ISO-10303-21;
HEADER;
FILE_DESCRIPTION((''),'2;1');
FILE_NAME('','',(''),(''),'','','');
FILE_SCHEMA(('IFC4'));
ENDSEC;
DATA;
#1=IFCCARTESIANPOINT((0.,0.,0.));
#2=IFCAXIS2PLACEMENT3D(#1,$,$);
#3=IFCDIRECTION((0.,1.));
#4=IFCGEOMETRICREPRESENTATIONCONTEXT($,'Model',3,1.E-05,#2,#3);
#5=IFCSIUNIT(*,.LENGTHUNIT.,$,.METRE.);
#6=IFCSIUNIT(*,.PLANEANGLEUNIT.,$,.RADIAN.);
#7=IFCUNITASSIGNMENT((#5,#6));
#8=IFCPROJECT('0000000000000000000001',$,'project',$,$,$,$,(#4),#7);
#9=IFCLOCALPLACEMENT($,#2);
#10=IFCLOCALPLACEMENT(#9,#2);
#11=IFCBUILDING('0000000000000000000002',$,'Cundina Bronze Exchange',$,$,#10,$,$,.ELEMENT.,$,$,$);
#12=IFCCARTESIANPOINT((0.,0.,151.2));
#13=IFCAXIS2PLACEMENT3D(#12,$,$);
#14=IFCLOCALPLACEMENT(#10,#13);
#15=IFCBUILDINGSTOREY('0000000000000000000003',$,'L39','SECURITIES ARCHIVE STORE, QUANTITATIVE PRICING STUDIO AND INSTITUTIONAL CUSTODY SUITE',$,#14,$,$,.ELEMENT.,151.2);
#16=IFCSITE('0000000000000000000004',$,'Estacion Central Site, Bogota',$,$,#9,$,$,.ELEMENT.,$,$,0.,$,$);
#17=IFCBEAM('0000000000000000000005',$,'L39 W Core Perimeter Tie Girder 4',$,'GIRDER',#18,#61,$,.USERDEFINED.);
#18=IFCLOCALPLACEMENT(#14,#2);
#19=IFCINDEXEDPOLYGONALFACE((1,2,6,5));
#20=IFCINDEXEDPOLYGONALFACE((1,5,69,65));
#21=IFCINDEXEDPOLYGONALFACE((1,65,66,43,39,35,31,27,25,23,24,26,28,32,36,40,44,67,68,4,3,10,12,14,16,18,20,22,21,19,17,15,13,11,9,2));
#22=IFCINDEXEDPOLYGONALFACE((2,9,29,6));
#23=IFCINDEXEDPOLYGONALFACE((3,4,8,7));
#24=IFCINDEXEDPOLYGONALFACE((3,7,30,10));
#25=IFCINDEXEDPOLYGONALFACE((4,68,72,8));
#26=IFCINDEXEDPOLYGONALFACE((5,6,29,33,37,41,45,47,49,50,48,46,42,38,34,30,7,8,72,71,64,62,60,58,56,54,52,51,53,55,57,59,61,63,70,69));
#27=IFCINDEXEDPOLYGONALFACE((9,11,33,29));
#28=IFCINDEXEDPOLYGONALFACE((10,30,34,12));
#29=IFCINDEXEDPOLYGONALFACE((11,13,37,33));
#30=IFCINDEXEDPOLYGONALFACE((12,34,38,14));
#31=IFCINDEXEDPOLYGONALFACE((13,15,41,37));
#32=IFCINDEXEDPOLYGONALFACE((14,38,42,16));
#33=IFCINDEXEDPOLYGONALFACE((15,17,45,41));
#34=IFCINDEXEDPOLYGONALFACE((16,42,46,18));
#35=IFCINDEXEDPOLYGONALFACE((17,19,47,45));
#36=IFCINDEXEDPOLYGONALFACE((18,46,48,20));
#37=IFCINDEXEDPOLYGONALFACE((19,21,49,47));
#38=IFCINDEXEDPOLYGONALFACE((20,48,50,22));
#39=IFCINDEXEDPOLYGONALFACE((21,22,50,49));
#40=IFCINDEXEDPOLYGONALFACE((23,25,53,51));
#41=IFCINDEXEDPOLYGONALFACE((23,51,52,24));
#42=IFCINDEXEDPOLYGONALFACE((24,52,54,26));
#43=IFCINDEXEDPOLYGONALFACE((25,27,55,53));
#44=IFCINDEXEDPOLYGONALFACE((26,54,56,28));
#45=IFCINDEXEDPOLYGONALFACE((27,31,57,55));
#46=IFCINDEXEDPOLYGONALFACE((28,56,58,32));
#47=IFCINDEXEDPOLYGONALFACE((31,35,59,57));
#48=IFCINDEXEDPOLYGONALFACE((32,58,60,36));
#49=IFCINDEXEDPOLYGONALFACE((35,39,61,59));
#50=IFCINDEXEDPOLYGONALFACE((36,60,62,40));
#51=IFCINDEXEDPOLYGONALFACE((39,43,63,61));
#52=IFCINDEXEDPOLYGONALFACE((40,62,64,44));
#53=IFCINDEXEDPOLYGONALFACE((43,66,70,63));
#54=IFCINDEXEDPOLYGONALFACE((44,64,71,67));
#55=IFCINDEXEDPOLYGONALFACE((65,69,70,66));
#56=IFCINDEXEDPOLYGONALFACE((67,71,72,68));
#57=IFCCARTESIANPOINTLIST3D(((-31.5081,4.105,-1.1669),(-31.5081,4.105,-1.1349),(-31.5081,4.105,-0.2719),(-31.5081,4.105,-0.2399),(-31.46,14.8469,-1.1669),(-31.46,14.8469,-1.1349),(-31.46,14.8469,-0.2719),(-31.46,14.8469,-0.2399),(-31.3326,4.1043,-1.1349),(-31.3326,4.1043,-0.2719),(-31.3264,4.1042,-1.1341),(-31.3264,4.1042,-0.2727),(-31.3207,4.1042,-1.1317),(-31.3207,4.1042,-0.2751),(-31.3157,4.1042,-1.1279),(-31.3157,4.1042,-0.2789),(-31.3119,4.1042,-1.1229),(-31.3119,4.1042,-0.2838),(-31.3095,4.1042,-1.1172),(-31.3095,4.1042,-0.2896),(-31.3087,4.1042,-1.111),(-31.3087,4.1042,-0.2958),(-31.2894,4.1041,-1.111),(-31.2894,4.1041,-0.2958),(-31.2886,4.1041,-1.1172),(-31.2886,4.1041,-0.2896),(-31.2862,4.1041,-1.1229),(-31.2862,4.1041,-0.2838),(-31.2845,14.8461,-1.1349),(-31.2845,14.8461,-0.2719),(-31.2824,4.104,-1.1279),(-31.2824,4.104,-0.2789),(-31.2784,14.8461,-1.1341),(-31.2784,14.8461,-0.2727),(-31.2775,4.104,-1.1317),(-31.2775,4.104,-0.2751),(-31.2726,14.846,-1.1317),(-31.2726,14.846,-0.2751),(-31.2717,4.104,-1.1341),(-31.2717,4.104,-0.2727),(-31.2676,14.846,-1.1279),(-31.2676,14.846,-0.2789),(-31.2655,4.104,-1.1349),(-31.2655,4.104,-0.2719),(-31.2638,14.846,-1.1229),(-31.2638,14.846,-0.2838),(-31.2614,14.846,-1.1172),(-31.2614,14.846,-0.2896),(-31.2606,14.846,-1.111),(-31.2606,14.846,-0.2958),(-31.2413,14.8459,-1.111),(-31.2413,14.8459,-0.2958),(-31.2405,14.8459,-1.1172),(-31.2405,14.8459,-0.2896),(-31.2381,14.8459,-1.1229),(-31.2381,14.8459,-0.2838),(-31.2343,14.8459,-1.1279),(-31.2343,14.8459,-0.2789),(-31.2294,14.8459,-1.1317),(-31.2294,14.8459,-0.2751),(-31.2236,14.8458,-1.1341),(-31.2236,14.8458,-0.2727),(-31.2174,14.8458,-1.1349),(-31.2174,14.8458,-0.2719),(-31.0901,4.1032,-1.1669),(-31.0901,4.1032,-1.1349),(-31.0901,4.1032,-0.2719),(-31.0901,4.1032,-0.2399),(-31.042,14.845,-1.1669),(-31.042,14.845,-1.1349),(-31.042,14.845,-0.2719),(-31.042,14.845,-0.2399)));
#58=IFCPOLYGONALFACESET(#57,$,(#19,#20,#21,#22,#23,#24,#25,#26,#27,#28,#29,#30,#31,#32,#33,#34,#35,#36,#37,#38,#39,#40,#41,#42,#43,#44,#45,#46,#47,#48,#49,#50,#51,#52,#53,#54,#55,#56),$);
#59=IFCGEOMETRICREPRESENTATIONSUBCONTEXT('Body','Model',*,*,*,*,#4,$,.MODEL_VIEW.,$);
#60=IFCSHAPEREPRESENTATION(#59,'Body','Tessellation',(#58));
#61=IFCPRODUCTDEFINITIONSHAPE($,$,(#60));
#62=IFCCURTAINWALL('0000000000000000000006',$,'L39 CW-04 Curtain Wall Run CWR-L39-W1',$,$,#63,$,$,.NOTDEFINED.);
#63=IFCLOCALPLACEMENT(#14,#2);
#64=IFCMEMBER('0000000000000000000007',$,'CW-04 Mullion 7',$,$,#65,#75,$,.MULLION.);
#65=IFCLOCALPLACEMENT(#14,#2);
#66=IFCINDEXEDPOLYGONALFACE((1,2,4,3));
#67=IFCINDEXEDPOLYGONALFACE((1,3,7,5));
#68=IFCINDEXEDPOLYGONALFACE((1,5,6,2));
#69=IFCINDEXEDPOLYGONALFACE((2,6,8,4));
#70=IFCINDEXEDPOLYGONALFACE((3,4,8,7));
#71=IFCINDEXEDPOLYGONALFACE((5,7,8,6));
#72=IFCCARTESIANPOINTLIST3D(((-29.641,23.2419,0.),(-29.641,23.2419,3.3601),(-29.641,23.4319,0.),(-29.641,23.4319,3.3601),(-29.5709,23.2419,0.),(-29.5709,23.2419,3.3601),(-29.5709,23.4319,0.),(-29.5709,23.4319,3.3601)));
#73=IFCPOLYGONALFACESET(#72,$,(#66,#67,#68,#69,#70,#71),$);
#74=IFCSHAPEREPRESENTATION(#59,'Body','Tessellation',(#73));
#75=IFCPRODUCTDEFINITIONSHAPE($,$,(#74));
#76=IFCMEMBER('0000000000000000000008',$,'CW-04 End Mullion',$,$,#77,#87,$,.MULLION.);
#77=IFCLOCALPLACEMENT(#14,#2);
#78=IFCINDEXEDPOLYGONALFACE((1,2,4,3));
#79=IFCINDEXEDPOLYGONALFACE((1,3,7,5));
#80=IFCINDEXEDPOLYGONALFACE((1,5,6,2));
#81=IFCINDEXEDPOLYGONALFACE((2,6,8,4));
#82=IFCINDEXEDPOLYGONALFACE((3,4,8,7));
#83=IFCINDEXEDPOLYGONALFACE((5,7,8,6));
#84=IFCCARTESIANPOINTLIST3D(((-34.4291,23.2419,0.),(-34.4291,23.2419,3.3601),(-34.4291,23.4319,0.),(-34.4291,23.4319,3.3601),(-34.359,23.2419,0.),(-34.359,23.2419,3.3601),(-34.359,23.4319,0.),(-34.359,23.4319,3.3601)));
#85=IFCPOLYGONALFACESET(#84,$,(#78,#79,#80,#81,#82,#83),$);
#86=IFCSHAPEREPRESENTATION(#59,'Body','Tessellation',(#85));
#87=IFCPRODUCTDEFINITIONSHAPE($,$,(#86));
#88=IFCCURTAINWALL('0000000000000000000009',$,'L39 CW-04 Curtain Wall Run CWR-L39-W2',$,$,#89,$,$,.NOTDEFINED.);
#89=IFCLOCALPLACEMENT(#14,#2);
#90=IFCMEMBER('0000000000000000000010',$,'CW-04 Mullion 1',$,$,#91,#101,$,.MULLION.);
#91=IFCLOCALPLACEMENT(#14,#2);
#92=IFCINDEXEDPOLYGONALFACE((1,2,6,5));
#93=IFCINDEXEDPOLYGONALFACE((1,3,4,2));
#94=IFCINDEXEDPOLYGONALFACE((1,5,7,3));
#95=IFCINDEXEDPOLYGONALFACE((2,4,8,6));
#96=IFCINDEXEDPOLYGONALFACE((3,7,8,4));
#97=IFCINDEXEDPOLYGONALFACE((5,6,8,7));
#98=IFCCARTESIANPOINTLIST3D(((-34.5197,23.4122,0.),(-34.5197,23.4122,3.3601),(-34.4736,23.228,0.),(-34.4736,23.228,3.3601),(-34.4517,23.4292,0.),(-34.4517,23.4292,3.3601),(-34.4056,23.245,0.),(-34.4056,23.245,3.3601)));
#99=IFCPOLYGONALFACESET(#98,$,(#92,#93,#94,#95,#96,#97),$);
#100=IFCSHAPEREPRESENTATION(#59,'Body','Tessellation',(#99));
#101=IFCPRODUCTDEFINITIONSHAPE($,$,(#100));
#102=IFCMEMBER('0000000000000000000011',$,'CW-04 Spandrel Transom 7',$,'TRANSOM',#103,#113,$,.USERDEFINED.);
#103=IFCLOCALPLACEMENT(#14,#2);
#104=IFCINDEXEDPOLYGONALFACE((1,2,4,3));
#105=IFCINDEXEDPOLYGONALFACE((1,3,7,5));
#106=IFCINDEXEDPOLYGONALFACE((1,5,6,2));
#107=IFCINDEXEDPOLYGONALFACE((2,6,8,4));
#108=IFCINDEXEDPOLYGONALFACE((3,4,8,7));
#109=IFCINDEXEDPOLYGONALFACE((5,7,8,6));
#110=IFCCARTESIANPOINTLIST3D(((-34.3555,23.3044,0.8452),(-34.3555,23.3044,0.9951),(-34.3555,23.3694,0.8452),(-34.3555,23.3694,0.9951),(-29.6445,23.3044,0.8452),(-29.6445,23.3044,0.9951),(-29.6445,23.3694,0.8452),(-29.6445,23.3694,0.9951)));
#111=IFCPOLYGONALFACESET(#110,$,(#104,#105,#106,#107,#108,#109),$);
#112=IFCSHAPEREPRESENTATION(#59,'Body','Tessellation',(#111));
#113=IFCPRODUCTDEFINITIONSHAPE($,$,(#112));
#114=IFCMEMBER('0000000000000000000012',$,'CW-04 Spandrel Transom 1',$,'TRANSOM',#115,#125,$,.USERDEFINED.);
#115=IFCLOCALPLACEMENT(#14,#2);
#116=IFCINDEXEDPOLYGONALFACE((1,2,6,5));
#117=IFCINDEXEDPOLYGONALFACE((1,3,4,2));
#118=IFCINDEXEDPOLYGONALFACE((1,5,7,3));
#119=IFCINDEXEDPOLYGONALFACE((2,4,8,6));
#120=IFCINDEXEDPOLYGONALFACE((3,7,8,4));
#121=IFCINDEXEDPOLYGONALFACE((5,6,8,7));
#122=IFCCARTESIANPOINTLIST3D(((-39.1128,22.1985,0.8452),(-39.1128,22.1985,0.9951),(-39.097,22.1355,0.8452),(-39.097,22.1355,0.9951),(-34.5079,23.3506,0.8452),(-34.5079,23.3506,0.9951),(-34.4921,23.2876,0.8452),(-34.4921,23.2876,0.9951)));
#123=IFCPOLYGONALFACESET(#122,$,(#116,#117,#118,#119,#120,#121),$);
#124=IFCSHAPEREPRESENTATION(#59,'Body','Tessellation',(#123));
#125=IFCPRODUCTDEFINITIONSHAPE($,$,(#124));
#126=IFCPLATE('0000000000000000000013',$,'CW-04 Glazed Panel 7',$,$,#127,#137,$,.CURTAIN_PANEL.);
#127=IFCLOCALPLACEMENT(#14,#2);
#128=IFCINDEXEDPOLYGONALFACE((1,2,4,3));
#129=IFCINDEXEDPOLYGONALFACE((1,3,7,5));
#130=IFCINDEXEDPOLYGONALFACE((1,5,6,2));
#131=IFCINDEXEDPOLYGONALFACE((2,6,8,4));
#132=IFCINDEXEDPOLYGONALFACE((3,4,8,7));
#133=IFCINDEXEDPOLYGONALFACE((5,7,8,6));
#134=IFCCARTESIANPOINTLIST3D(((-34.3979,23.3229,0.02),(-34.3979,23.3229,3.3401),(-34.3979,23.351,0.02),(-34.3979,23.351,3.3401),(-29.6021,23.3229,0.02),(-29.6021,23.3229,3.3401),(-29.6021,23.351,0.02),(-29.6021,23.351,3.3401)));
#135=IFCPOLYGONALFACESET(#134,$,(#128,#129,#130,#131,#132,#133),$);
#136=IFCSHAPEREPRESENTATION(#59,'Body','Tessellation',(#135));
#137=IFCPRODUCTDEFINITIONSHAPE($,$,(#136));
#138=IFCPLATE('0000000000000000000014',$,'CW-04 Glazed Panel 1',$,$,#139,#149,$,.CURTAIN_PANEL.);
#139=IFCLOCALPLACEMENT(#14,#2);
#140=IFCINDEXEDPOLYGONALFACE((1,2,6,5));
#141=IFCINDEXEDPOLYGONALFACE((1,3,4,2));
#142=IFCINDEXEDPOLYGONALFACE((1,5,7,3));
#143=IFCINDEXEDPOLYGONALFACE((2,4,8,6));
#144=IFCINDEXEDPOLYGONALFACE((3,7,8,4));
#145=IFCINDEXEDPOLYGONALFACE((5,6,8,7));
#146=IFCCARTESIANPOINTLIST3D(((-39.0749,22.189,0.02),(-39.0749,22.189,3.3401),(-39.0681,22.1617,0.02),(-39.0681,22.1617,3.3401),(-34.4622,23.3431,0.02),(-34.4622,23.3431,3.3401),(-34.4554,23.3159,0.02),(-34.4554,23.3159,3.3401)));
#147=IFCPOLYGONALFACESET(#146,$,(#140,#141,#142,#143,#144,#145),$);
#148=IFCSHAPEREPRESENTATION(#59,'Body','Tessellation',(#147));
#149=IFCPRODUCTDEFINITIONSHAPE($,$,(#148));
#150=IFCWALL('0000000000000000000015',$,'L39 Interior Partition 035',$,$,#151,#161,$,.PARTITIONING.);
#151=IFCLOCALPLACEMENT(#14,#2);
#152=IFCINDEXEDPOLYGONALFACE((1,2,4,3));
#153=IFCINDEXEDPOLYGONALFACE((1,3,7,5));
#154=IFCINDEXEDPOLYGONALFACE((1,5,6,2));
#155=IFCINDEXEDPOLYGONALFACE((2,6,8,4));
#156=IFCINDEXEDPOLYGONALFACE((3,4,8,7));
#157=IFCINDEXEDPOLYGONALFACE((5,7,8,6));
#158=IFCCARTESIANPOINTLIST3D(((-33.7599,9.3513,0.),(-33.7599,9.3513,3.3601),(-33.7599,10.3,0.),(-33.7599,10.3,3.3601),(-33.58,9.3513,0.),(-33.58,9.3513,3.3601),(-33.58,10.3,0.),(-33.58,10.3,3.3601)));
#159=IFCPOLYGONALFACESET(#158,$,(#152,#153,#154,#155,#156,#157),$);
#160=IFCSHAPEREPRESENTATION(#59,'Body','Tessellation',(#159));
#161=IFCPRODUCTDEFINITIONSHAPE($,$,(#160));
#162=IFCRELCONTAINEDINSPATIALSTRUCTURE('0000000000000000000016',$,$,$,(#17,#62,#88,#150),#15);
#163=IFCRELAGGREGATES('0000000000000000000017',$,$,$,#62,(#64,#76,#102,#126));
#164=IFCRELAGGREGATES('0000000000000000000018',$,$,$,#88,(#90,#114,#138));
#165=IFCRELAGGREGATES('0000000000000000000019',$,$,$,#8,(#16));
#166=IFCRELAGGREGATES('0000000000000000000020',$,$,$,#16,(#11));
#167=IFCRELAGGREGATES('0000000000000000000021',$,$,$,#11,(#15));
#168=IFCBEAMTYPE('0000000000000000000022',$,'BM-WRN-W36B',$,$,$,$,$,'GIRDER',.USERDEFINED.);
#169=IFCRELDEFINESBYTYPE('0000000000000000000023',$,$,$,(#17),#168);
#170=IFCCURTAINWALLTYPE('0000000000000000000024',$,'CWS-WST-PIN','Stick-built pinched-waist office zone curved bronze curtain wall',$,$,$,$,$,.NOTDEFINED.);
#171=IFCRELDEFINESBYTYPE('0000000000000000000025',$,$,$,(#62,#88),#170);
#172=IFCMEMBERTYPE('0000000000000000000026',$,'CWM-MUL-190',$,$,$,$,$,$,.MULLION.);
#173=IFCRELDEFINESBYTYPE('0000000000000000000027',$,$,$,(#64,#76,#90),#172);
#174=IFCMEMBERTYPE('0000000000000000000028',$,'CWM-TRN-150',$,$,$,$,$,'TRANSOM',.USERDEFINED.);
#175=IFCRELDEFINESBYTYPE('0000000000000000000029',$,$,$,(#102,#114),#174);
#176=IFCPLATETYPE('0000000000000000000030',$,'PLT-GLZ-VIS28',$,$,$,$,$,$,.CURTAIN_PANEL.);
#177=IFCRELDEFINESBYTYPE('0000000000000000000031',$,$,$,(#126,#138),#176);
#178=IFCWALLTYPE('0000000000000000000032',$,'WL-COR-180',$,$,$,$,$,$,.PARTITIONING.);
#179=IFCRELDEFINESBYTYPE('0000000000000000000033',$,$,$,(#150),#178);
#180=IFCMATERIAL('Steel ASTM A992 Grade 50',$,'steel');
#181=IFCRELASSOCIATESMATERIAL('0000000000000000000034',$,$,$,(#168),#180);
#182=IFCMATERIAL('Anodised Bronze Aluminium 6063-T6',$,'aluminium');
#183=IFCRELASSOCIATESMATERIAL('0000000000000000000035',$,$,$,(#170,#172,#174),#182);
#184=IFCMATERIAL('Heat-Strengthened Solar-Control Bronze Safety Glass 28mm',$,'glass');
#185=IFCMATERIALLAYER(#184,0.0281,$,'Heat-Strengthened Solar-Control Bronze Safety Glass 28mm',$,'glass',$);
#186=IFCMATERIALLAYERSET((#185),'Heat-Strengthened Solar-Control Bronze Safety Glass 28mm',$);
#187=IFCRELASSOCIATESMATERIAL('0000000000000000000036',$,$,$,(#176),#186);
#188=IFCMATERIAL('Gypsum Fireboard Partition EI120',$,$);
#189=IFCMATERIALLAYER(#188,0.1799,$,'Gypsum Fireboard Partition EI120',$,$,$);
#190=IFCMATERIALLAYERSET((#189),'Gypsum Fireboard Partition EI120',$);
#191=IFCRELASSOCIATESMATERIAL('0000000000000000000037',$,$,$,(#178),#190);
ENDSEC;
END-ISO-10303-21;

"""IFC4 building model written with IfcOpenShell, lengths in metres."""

from ifc_helpers import new_model, si_unit, direction, frame, frame_2d, origin, origin_2d, place, context, subcontext, project, spatial, rectangle, i_section, extrude, material, layer, layer_set, material_profile, profile_set, type_object, element, aggregate, save


model = new_model("IFC4")

# Units and contexts
model_context = context("Model", 3, precision=1e-05, world=origin(), true_north=direction((0.0, 1.0)))
body_context = subcontext(model_context, "Body", "Model", "MODEL_VIEW")
ifc_project = project(units=[si_unit("LENGTHUNIT", "METRE"), si_unit("PLANEANGLEUNIT", "RADIAN")], contexts=[model_context])

# Site, building, storey
site_placement = place(None, origin())
site = spatial("IfcSite", under=ifc_project, at=site_placement, Name="Estacion Central Site, Bogota", CompositionType="ELEMENT", RefElevation=0.0)
building_placement = place(site_placement, origin())
building = spatial("IfcBuilding", under=site, at=building_placement, Name="Cundina Bronze Exchange", CompositionType="ELEMENT")
storey_placement = place(building_placement, frame((0.0, 0.0, 151.2)))
storey = spatial("IfcBuildingStorey", under=building, at=storey_placement, Name="L39", Description="SECURITIES ARCHIVE STORE, QUANTITATIVE PRICING STUDIO AND INSTITUTIONAL CUSTODY SUITE", CompositionType="ELEMENT", Elevation=151.2)

# Shared definitions
ifc_material_1 = material(Name="Steel ASTM A992 Grade 50", Category="steel")

# Beam
ifc_material_profile_1 = material_profile(ifc_material_1, i_section(OverallWidth=0.418, OverallDepth=0.927, WebThickness=0.0193, FlangeThickness=0.032, FilletRadius=0.0239, at=origin_2d()), Name="W36X231", Category="steel")
ifc_profile_set_1 = profile_set([ifc_material_profile_1], Name="Steel ASTM A992 Grade 50")
beam_type_1 = type_object("IfcBeamType", Name="BM-WRN-W36B", ElementType="GIRDER", PredefinedType="USERDEFINED", material=ifc_profile_set_1)
beam_1_placement = place(storey_placement, frame((-31.251, 14.8459, -0.7034), z_axis=(-0.004477, -0.99999, 0.0), x_axis=(0.99999, -0.004477, 0.0)))
element("IfcBeam", 1, at=beam_1_placement, inside=storey, type_object=beam_type_1, Name="L39 W Core Perimeter Tie Girder 4", ObjectType="GIRDER", PredefinedType="USERDEFINED", context=body_context, shape_type="SweptSolid", body=[
    extrude(i_section(OverallWidth=0.418, OverallDepth=0.927, WebThickness=0.0193, FlangeThickness=0.032, FilletRadius=0.0239, at=origin_2d()), origin(), (0.0, 0.0, 1.0), 10.7419),
])

# Curtain wall, members
ifc_material_2 = material(Name="Anodised Bronze Aluminium 6063-T6", Category="aluminium")
curtain_wall_type = type_object("IfcCurtainWallType", Name="CWS-WST-PIN", Description="Stick-built pinched-waist office zone curved bronze curtain wall", PredefinedType="NOTDEFINED", material=ifc_material_2)
curtain_wall_1_placement = place(storey_placement, origin())
curtain_wall_1 = element("IfcCurtainWall", 2, at=curtain_wall_1_placement, inside=storey, type_object=curtain_wall_type, Name="L39 CW-04 Curtain Wall Run CWR-L39-W1", PredefinedType="NOTDEFINED")
ifc_material_profile_2 = material_profile(ifc_material_2, rectangle(XDim=0.0701, YDim=0.1899, at=origin_2d()), Name="AL70X190", Category="aluminium")
ifc_profile_set_2 = profile_set([ifc_material_profile_2], Name="Anodised Bronze Aluminium 6063-T6")
member_type_1 = type_object("IfcMemberType", Name="CWM-MUL-190", PredefinedType="MULLION", material=ifc_profile_set_2)
member_1_placement = place(storey_placement, frame((-29.606, 23.3369, 0.0), z_axis=(0.0, 0.0, 1.0), x_axis=(-1.0, 0.0, 0.0)))
member_1 = element("IfcMember", 3, at=member_1_placement, type_object=member_type_1, Name="CW-04 Mullion 7", PredefinedType="MULLION", context=body_context, shape_type="SweptSolid", body=[
    extrude(rectangle(XDim=0.0701, YDim=0.1899, at=origin_2d()), origin(), (0.0, 0.0, 1.0), 3.3601),
])
member_2_placement = place(storey_placement, frame((-34.394, 23.3369, 0.0), z_axis=(0.0, 0.0, 1.0), x_axis=(-1.0, 0.0, 0.0)))
member_2 = element("IfcMember", 4, at=member_2_placement, type_object=member_type_1, Name="CW-04 End Mullion", PredefinedType="MULLION", context=body_context, shape_type="SweptSolid", body=[
    extrude(rectangle(XDim=0.0701, YDim=0.1899, at=origin_2d()), origin(), (0.0, 0.0, 1.0), 3.3601),
])

# Curtain wall, member
curtain_wall_2_placement = place(storey_placement, origin())
curtain_wall_2 = element("IfcCurtainWall", 5, at=curtain_wall_2_placement, inside=storey, type_object=curtain_wall_type, Name="L39 CW-04 Curtain Wall Run CWR-L39-W2", PredefinedType="NOTDEFINED")
member_3_placement = place(storey_placement, frame((-34.4626, 23.3286, 0.0), z_axis=(0.0, 0.0, 1.0), x_axis=(-0.970084, -0.242769, 0.0)))
member_3 = element("IfcMember", 6, at=member_3_placement, type_object=member_type_1, Name="CW-04 Mullion 1", PredefinedType="MULLION", context=body_context, shape_type="SweptSolid", body=[
    extrude(rectangle(XDim=0.0701, YDim=0.1899, at=origin_2d()), origin(), (0.0, 0.0, 1.0), 3.3601),
])

# Members
ifc_material_profile_3 = material_profile(ifc_material_2, rectangle(XDim=0.0649, YDim=0.1499, at=origin_2d()), Name="AL65X150", Category="aluminium")
ifc_profile_set_3 = profile_set([ifc_material_profile_3], Name="Anodised Bronze Aluminium 6063-T6")
member_type_2 = type_object("IfcMemberType", Name="CWM-TRN-150", ElementType="TRANSOM", PredefinedType="USERDEFINED", material=ifc_profile_set_3)
member_4_placement = place(storey_placement, frame((-29.6445, 23.3369, 0.9202), z_axis=(-1.0, 0.0, 0.0), x_axis=(0.0, -1.0, 0.0)))
member_4 = element("IfcMember", 7, at=member_4_placement, type_object=member_type_2, Name="CW-04 Spandrel Transom 7", ObjectType="TRANSOM", PredefinedType="USERDEFINED", context=body_context, shape_type="SweptSolid", body=[
    extrude(rectangle(XDim=0.0649, YDim=0.1499, at=origin_2d()), origin(), (0.0, 0.0, 1.0), 4.7109),
])
member_5_placement = place(storey_placement, frame((-34.5, 23.3191, 0.9202), z_axis=(-0.9701, -0.242705, 0.0), x_axis=(0.242705, -0.9701, 0.0)))
member_5 = element("IfcMember", 8, at=member_5_placement, type_object=member_type_2, Name="CW-04 Spandrel Transom 1", ObjectType="TRANSOM", PredefinedType="USERDEFINED", context=body_context, shape_type="SweptSolid", body=[
    extrude(rectangle(XDim=0.0649, YDim=0.1499, at=origin_2d()), origin(), (0.0, 0.0, 1.0), 4.7468),
])

# Plates
ifc_material_3 = material(Name="Heat-Strengthened Solar-Control Bronze Safety Glass 28mm", Category="glass")
ifc_layer_1 = layer(ifc_material_3, 0.0281, Name="Heat-Strengthened Solar-Control Bronze Safety Glass 28mm", Category="glass")
ifc_layer_set_1 = layer_set([ifc_layer_1], Name="Heat-Strengthened Solar-Control Bronze Safety Glass 28mm")
plate_type = type_object("IfcPlateType", Name="PLT-GLZ-VIS28", PredefinedType="CURTAIN_PANEL", material=ifc_layer_set_1)
plate_1_placement = place(storey_placement, frame((-32.0, 23.3369, 0.02), z_axis=(0.0, 0.0, 1.0), x_axis=(-1.0, 0.0, 0.0)))
plate_1 = element("IfcPlate", 9, at=plate_1_placement, type_object=plate_type, Name="CW-04 Glazed Panel 7", PredefinedType="CURTAIN_PANEL", context=body_context, shape_type="SweptSolid", body=[
    extrude(rectangle(XDim=4.7959, YDim=0.0281, at=origin_2d()), origin(), (0.0, 0.0, 1.0), 3.3201),
])
aggregate(curtain_wall_1, [member_1, member_2, member_4, plate_1])
plate_2_placement = place(storey_placement, frame((-36.7651, 22.7524, 0.02), z_axis=(0.0, 0.0, 1.0), x_axis=(-0.970093, -0.242735, 0.0)))
plate_2 = element("IfcPlate", 10, at=plate_2_placement, type_object=plate_type, Name="CW-04 Glazed Panel 1", PredefinedType="CURTAIN_PANEL", context=body_context, shape_type="SweptSolid", body=[
    extrude(rectangle(XDim=4.7549, YDim=0.0281, at=origin_2d()), origin(), (0.0, 0.0, 1.0), 3.3201),
])
aggregate(curtain_wall_2, [member_3, member_5, plate_2])

# Shared definitions
ifc_material_4 = material(Name="Gypsum Fireboard Partition EI120")
ifc_layer_2 = layer(ifc_material_4, 0.1799, Name="Gypsum Fireboard Partition EI120")
ifc_layer_set_2 = layer_set([ifc_layer_2], Name="Gypsum Fireboard Partition EI120")
wall_type_1 = type_object("IfcWallType", Name="WL-COR-180", PredefinedType="PARTITIONING", material=ifc_layer_set_2)

# Wall
wall_1_placement = place(storey_placement, frame((-33.6699, 10.3, 0.0), z_axis=(0.0, 0.0, 1.0), x_axis=(0.0, -1.0, 0.0)))
element("IfcWall", 11, at=wall_1_placement, inside=storey, type_object=wall_type_1, Name="L39 Interior Partition 035", PredefinedType="PARTITIONING", context=body_context, shape_type="SweptSolid", body=[
    extrude(rectangle(XDim=0.9487, YDim=0.1799, at=frame_2d((0.4744, 0.0))), origin(), (0.0, 0.0, 1.0), 3.3601),
])

save(model, "model.ifc")
